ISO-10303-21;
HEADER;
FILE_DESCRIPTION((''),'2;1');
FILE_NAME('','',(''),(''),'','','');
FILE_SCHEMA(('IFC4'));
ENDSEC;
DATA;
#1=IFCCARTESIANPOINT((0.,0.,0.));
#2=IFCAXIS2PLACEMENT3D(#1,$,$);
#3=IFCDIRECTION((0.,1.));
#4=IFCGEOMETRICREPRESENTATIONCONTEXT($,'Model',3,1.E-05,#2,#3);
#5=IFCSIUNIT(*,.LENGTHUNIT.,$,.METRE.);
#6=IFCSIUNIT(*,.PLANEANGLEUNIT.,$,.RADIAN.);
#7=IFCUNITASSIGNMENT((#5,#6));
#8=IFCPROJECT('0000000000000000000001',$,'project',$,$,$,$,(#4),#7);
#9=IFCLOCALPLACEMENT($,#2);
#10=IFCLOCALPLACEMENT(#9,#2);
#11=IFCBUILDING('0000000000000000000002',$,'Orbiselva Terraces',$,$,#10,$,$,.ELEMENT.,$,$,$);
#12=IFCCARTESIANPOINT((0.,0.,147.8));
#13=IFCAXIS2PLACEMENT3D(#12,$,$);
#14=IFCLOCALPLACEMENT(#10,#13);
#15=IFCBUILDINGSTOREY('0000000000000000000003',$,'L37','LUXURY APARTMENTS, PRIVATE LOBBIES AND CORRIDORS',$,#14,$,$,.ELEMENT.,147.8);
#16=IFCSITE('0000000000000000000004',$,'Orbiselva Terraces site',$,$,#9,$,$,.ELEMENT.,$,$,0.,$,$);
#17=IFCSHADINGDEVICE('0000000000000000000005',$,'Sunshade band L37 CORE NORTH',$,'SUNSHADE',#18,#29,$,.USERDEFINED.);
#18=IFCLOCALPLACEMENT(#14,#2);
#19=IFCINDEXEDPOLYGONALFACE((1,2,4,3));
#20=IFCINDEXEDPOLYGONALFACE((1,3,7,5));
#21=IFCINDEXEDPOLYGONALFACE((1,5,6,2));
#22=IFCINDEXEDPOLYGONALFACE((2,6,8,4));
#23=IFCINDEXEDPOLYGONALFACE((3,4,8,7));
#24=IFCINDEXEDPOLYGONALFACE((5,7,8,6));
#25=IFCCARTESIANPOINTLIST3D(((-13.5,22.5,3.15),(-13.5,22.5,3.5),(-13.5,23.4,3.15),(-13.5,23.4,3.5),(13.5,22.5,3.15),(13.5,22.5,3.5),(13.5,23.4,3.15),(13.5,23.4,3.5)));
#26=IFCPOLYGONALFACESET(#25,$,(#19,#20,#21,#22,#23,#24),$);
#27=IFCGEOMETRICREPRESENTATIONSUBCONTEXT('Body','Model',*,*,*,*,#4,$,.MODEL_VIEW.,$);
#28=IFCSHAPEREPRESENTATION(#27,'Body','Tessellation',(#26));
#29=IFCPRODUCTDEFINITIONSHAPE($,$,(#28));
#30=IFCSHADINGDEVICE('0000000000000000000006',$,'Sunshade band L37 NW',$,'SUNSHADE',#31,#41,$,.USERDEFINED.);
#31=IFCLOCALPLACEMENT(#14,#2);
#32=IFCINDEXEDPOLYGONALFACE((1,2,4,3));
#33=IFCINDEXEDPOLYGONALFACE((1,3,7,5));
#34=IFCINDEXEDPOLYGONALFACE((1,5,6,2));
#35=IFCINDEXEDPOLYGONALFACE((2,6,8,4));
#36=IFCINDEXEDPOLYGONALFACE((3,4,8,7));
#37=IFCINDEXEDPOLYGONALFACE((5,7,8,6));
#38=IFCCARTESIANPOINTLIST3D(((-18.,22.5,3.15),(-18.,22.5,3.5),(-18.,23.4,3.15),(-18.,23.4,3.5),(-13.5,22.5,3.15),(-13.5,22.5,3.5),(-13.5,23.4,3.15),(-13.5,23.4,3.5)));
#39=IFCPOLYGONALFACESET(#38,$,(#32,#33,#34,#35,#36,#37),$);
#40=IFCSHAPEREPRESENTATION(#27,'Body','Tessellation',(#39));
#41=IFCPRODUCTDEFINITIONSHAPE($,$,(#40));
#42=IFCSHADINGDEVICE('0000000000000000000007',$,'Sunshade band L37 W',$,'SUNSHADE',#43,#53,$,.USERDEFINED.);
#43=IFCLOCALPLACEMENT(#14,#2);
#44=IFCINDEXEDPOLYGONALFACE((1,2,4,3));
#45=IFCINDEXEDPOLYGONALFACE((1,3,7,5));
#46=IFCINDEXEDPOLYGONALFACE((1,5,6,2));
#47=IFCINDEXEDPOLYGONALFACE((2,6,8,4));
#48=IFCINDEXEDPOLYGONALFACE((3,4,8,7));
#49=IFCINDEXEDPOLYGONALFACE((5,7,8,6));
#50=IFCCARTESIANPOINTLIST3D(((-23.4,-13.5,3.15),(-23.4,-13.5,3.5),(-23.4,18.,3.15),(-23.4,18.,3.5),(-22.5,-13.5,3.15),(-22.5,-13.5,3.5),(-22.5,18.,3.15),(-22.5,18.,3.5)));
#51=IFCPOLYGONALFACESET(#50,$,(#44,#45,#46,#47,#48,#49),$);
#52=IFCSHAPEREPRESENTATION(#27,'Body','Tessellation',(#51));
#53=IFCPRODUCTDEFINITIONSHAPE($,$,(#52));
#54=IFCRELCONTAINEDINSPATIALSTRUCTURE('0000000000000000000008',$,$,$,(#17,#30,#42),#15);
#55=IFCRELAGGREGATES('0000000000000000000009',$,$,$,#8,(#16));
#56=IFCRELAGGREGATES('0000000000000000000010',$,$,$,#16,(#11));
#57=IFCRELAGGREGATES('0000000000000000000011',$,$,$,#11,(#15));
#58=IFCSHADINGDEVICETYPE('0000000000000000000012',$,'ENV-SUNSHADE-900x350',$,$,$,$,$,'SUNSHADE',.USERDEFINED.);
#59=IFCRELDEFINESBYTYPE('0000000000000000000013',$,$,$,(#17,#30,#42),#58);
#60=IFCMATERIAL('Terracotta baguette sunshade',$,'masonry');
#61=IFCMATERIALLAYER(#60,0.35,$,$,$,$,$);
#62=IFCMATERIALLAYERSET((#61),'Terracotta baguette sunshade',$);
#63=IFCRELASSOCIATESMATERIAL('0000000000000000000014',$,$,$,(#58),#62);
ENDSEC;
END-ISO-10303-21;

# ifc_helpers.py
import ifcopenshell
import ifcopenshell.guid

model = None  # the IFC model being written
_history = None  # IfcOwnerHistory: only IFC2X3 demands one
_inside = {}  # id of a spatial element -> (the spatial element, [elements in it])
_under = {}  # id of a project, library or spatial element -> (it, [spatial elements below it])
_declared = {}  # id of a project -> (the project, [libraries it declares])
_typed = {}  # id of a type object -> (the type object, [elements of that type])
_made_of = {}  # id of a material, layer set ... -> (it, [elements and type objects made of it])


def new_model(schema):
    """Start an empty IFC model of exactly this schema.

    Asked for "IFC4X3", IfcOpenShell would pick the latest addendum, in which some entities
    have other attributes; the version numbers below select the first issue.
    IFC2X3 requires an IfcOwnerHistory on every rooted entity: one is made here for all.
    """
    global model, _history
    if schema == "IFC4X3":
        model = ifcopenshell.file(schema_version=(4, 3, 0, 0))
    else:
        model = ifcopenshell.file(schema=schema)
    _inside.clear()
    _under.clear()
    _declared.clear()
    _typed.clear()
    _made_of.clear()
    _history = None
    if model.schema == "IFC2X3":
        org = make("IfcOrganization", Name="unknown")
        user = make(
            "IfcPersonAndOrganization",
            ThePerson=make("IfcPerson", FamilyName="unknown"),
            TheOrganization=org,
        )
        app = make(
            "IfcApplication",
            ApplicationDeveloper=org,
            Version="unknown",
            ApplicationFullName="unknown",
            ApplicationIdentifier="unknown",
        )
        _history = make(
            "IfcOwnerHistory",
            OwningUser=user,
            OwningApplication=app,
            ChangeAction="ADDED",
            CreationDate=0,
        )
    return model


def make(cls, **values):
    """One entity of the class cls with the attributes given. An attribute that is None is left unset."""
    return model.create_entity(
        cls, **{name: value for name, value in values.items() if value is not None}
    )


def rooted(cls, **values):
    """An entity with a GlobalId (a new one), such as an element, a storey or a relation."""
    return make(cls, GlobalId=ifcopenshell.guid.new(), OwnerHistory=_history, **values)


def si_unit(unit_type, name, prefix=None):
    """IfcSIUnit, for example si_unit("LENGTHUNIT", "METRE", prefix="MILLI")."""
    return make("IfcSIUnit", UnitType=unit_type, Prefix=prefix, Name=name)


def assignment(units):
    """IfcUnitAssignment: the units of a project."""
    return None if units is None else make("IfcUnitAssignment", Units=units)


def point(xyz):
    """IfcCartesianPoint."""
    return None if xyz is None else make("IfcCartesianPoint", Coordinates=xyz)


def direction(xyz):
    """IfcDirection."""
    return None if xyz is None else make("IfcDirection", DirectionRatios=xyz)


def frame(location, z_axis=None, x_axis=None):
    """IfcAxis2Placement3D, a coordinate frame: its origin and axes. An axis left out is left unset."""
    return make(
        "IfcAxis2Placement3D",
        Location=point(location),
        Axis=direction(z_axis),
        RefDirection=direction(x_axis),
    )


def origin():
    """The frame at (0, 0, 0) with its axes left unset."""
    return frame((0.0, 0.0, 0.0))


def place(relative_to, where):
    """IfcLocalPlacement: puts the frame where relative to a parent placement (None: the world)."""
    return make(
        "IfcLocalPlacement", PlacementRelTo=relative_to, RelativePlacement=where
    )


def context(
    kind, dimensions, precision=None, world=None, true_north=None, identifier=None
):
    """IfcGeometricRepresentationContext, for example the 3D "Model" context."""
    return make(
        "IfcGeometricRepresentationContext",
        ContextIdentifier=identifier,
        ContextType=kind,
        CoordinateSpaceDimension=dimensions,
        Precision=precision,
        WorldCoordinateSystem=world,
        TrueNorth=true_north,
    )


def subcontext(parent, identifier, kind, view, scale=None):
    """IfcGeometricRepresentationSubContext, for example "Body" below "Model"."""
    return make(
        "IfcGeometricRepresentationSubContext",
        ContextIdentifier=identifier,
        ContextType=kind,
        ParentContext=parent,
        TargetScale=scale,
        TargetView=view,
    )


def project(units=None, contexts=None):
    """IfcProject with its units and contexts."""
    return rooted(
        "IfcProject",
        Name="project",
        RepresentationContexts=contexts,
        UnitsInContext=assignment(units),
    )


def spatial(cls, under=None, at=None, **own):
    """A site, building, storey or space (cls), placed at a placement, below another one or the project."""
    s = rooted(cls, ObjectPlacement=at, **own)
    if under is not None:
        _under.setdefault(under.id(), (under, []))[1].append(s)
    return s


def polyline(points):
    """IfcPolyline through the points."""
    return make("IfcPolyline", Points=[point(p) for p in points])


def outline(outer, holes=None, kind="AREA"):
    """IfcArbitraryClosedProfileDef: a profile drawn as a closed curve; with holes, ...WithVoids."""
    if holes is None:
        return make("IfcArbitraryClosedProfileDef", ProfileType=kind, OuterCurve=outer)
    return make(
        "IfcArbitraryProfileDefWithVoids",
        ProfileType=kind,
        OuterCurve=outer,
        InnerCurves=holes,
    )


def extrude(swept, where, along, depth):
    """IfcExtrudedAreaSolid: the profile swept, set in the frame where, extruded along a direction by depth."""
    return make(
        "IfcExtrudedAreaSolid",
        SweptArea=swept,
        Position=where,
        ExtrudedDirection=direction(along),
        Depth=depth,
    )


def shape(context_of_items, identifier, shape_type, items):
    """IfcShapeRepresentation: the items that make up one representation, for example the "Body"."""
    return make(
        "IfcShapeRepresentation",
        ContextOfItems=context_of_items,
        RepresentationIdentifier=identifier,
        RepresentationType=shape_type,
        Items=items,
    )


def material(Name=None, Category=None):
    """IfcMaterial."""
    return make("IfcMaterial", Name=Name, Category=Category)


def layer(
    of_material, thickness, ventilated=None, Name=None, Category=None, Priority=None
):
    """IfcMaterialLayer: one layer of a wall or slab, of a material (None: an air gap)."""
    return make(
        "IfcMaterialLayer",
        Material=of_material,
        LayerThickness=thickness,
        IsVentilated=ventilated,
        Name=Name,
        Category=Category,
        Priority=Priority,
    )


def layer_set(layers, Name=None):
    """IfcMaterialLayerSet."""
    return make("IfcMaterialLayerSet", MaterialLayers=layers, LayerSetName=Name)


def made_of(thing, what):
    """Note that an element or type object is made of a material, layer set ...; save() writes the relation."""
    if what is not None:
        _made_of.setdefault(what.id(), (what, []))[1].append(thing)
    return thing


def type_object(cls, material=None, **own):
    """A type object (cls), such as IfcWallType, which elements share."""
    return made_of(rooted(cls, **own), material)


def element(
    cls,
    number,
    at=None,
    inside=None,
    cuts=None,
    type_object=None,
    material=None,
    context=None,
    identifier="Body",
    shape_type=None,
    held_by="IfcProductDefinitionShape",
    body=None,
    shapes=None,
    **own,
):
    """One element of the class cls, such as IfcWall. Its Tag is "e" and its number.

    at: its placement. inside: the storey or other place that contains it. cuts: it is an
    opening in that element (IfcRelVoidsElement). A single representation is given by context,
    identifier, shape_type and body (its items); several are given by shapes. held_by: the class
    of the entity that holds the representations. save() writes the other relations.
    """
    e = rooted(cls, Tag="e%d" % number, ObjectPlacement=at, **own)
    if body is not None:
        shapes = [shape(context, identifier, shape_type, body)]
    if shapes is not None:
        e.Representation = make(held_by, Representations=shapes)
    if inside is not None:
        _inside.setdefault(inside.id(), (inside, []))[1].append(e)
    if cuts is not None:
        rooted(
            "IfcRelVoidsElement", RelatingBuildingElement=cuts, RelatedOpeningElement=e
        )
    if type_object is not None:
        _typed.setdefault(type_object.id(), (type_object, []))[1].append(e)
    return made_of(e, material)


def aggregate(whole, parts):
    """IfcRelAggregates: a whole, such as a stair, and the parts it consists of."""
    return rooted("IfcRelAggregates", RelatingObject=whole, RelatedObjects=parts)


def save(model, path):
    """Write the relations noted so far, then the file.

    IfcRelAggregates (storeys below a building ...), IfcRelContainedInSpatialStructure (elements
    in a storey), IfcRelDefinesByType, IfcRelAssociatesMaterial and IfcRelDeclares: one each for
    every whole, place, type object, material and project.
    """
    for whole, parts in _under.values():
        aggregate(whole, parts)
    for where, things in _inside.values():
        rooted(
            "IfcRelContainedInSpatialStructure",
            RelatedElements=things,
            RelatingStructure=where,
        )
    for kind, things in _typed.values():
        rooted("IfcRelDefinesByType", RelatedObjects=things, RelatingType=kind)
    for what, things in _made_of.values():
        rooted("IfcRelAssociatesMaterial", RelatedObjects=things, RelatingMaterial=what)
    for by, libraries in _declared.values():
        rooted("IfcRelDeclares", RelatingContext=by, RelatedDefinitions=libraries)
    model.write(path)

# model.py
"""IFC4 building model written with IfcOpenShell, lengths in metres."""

from ifc_helpers import new_model, si_unit, direction, frame, origin, place, context, subcontext, project, spatial, polyline, outline, extrude, material, layer, layer_set, type_object, element, save


model = new_model("IFC4")

# Units and contexts
model_context = context("Model", 3, precision=1e-05, world=origin(), true_north=direction((0.0, 1.0)))
body_context = subcontext(model_context, "Body", "Model", "MODEL_VIEW")
ifc_project = project(units=[si_unit("LENGTHUNIT", "METRE"), si_unit("PLANEANGLEUNIT", "RADIAN")], contexts=[model_context])

# Site, building, storey
site_placement = place(None, origin())
site = spatial("IfcSite", under=ifc_project, at=site_placement, Name="Orbiselva Terraces site", CompositionType="ELEMENT", RefElevation=0.0)
building_placement = place(site_placement, origin())
building = spatial("IfcBuilding", under=site, at=building_placement, Name="Orbiselva Terraces", CompositionType="ELEMENT")
storey_placement = place(building_placement, frame((0.0, 0.0, 147.8)))
storey = spatial("IfcBuildingStorey", under=building, at=storey_placement, Name="L37", Description="LUXURY APARTMENTS, PRIVATE LOBBIES AND CORRIDORS", CompositionType="ELEMENT", Elevation=147.8)

# Shading devices
ifc_material_1 = material(Name="Terracotta baguette sunshade", Category="masonry")
ifc_layer_1 = layer(ifc_material_1, 0.35)
ifc_layer_set_1 = layer_set([ifc_layer_1], Name="Terracotta baguette sunshade")
shading_device_type_1 = type_object("IfcShadingDeviceType", Name="ENV-SUNSHADE-900x350", ElementType="SUNSHADE", PredefinedType="USERDEFINED", material=ifc_layer_set_1)
shading_device_1_placement = place(storey_placement, frame((0.0, 0.0, 3.15)))
element("IfcShadingDevice", 1, at=shading_device_1_placement, inside=storey, type_object=shading_device_type_1, Name="Sunshade band L37 CORE NORTH", ObjectType="SUNSHADE", PredefinedType="USERDEFINED", context=body_context, shape_type="SweptSolid", body=[
    extrude(outline(polyline([(13.5, 23.4), (-13.5, 23.4), (-13.5, 22.5), (13.5, 22.5), (13.5, 23.4)])), origin(), (0.0, 0.0, 1.0), 0.35),
])
shading_device_2_placement = place(storey_placement, frame((0.0, 0.0, 3.15)))
element("IfcShadingDevice", 2, at=shading_device_2_placement, inside=storey, type_object=shading_device_type_1, Name="Sunshade band L37 NW", ObjectType="SUNSHADE", PredefinedType="USERDEFINED", context=body_context, shape_type="SweptSolid", body=[
    extrude(outline(polyline([(-13.5, 23.4), (-18.0, 23.4), (-18.0, 22.5), (-13.5, 22.5), (-13.5, 23.4)])), origin(), (0.0, 0.0, 1.0), 0.35),
])
shading_device_3_placement = place(storey_placement, frame((0.0, 0.0, 3.15)))
element("IfcShadingDevice", 3, at=shading_device_3_placement, inside=storey, type_object=shading_device_type_1, Name="Sunshade band L37 W", ObjectType="SUNSHADE", PredefinedType="USERDEFINED", context=body_context, shape_type="SweptSolid", body=[
    extrude(outline(polyline([(-23.4, 18.0), (-23.4, -13.5), (-22.5, -13.5), (-22.5, 18.0), (-23.4, 18.0)])), origin(), (0.0, 0.0, 1.0), 0.35),
])

save(model, "model.ifc")
